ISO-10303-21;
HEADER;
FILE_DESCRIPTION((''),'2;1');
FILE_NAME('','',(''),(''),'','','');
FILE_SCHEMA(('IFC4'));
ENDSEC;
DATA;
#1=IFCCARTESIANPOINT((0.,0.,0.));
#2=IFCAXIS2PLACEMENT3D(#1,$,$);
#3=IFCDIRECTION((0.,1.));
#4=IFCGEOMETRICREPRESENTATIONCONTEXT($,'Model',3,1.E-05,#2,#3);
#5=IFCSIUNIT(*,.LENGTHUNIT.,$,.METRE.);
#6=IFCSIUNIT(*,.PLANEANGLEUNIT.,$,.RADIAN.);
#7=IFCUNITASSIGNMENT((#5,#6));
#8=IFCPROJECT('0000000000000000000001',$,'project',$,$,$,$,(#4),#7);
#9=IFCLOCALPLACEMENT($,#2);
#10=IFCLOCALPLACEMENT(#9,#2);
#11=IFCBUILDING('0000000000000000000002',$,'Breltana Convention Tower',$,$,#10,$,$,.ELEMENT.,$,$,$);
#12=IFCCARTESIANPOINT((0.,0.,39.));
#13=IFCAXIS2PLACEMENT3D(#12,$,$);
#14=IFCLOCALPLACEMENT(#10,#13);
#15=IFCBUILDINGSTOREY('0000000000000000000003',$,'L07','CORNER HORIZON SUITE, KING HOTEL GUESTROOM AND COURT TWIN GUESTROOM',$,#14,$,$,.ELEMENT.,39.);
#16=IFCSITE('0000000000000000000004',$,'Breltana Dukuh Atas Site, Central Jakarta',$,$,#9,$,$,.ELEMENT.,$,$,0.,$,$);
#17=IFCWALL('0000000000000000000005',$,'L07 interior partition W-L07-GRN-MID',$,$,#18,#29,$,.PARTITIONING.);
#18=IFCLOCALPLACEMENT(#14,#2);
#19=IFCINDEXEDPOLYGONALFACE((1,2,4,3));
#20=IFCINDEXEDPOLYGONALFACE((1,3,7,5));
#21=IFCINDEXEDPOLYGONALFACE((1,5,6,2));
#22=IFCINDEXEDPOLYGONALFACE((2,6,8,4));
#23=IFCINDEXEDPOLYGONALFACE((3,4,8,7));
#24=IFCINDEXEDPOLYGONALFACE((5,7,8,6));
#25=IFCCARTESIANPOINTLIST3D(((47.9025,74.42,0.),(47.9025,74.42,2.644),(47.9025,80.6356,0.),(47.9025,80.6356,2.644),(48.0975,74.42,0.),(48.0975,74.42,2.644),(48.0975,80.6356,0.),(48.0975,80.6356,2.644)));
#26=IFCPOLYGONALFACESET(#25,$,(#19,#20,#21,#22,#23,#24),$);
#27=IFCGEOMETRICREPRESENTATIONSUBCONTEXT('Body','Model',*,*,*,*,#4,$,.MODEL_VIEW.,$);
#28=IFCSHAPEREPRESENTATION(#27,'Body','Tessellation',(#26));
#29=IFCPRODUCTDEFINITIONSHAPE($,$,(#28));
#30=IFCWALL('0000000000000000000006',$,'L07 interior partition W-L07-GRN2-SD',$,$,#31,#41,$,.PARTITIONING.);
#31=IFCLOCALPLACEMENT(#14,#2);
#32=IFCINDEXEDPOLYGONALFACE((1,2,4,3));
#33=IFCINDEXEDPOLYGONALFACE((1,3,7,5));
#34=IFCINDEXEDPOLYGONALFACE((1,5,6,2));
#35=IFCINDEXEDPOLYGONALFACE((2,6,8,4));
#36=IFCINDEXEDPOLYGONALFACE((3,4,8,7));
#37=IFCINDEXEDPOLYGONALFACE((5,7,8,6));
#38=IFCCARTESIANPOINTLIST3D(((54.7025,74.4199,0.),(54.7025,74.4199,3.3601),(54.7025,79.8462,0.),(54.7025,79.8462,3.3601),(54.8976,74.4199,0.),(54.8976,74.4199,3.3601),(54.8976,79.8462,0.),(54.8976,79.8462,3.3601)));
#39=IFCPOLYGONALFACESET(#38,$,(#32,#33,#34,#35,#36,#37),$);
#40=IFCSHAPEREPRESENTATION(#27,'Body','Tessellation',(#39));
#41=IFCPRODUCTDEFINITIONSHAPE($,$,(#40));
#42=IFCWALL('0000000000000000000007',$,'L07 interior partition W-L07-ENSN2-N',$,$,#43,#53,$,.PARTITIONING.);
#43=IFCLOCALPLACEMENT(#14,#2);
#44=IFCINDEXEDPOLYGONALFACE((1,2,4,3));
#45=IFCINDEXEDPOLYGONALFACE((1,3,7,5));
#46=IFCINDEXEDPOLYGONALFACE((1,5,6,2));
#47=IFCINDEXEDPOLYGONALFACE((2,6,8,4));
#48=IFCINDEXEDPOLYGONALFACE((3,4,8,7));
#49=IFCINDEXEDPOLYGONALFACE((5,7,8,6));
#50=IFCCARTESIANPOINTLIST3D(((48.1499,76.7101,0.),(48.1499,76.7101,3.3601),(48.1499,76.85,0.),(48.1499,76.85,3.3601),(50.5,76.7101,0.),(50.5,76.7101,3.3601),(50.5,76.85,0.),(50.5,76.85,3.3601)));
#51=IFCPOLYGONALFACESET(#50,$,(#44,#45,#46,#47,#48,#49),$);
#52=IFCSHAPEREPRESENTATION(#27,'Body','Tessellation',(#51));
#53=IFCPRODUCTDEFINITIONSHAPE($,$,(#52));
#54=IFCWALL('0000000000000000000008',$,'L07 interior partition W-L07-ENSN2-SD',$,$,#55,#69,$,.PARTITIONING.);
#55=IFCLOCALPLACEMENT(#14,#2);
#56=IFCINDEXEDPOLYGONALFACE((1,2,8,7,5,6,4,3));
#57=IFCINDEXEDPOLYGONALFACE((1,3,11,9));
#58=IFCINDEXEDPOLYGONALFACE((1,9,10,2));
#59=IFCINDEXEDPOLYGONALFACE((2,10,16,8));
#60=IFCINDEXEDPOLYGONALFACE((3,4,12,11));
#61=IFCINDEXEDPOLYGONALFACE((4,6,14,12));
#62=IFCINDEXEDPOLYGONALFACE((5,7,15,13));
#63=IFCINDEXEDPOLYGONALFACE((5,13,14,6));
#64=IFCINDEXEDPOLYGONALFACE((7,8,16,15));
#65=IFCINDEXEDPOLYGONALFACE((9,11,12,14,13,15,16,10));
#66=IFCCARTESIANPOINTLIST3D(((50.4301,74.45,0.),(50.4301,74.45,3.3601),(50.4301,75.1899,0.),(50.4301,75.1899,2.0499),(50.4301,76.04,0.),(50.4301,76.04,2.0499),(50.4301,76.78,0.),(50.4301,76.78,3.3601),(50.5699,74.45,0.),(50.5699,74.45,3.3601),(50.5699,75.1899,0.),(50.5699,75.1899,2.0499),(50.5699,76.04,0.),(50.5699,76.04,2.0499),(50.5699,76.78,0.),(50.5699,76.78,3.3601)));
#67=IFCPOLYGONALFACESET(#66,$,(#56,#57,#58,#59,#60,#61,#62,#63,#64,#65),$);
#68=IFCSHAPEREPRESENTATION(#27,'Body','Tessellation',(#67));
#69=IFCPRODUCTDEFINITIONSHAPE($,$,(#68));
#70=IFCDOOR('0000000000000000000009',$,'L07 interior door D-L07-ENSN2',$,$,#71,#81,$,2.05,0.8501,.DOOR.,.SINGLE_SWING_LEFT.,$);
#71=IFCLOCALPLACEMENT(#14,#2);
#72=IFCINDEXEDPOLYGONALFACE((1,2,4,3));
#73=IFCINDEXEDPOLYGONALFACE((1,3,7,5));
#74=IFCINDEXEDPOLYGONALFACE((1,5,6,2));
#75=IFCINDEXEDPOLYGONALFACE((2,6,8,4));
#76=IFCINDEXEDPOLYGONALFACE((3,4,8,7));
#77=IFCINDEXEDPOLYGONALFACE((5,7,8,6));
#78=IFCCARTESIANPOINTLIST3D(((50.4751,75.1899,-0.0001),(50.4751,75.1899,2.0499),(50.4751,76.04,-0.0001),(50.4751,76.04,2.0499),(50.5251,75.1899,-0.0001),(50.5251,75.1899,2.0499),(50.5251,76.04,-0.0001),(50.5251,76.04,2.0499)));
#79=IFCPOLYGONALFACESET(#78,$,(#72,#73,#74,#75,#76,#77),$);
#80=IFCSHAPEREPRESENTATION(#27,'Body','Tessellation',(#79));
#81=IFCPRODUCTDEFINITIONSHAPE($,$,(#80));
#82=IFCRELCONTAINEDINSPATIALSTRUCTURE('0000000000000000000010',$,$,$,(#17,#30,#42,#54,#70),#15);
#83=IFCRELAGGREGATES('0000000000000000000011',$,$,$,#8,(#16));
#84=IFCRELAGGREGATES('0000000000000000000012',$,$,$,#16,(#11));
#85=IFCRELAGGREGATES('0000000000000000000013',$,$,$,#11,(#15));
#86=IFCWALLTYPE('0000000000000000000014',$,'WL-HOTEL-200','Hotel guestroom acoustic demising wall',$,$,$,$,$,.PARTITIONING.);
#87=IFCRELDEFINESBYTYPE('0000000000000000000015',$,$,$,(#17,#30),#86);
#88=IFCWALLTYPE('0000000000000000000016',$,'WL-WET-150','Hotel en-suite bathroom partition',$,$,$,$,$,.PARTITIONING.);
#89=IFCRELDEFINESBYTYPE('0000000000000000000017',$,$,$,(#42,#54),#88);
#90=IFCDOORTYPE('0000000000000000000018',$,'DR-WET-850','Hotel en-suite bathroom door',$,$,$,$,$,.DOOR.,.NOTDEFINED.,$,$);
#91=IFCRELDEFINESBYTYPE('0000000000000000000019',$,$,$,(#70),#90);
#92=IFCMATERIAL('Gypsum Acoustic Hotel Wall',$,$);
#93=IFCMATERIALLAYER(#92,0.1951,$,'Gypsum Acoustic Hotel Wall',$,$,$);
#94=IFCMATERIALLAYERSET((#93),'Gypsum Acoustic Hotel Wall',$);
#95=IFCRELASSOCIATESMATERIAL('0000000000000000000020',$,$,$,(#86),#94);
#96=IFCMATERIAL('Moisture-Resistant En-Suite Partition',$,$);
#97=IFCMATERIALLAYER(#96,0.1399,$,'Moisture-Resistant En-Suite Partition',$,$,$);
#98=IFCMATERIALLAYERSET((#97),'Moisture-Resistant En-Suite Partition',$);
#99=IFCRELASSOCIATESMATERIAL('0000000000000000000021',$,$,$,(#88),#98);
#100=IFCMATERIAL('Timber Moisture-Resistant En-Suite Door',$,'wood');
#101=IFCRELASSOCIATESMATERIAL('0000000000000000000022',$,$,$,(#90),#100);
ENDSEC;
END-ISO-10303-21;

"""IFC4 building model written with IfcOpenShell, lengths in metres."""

from ifc_helpers import new_model, si_unit, direction, frame, frame_2d, origin, place, context, subcontext, project, spatial, rectangle, extrude, source, transform, mapped, material, layer, layer_set, type_object, type_shapes, element, fill, save


model = new_model("IFC4")

# Units and contexts
model_context = context("Model", 3, precision=1e-05, world=origin(), true_north=direction((0.0, 1.0)))
body_context = subcontext(model_context, "Body", "Model", "MODEL_VIEW")
ifc_project = project(units=[si_unit("LENGTHUNIT", "METRE"), si_unit("PLANEANGLEUNIT", "RADIAN")], contexts=[model_context])

# Site, building, storey
site_placement = place(None, origin())
site = spatial("IfcSite", under=ifc_project, at=site_placement, Name="Breltana Dukuh Atas Site, Central Jakarta", CompositionType="ELEMENT", RefElevation=0.0)
building_placement = place(site_placement, origin())
building = spatial("IfcBuilding", under=site, at=building_placement, Name="Breltana Convention Tower", CompositionType="ELEMENT")
storey_placement = place(building_placement, frame((0.0, 0.0, 39.0)))
storey = spatial("IfcBuildingStorey", under=building, at=storey_placement, Name="L07", Description="CORNER HORIZON SUITE, KING HOTEL GUESTROOM AND COURT TWIN GUESTROOM", CompositionType="ELEMENT", Elevation=39.0)

# Shared definitions
ifc_material_1 = material(Name="Gypsum Acoustic Hotel Wall")
ifc_layer_1 = layer(ifc_material_1, 0.1951, Name="Gypsum Acoustic Hotel Wall")
ifc_layer_set_1 = layer_set([ifc_layer_1], Name="Gypsum Acoustic Hotel Wall")
wall_type_1 = type_object("IfcWallType", Name="WL-HOTEL-200", Description="Hotel guestroom acoustic demising wall", PredefinedType="PARTITIONING", material=ifc_layer_set_1)

# Walls
shared_shape_1 = source(origin(), body_context, "Body", "SweptSolid", [
    extrude(rectangle(XDim=6.2156, YDim=0.1951, at=frame_2d((3.1079, 0.0))), origin(), (0.0, 0.0, 1.0), 2.644),
])
wall_1_placement = place(storey_placement, frame((48.0, 74.4199, 0.0), z_axis=(0.0, 0.0, 1.0), x_axis=(0.0, 1.0, 0.0)))
element("IfcWall", 1, at=wall_1_placement, inside=storey, type_object=wall_type_1, Name="L07 interior partition W-L07-GRN-MID", PredefinedType="PARTITIONING", context=body_context, shape_type="MappedRepresentation", body=[
    mapped(shared_shape_1, transform((0.0, 0.0, 0.0), scale=1.0)),
])
shared_shape_2 = source(origin(), body_context, "Body", "SweptSolid", [
    extrude(rectangle(XDim=5.4263, YDim=0.1951, at=frame_2d((2.7131, 0.0))), origin(), (0.0, 0.0, 1.0), 3.3601),
])
wall_2_placement = place(storey_placement, frame((54.8, 74.4199, 0.0), z_axis=(0.0, 0.0, 1.0), x_axis=(0.0, 1.0, 0.0)))
element("IfcWall", 2, at=wall_2_placement, inside=storey, type_object=wall_type_1, Name="L07 interior partition W-L07-GRN2-SD", PredefinedType="PARTITIONING", context=body_context, shape_type="MappedRepresentation", body=[
    mapped(shared_shape_2, transform((0.0, 0.0, 0.0), scale=1.0)),
])
ifc_material_2 = material(Name="Moisture-Resistant En-Suite Partition")
ifc_layer_2 = layer(ifc_material_2, 0.1399, Name="Moisture-Resistant En-Suite Partition")
ifc_layer_set_2 = layer_set([ifc_layer_2], Name="Moisture-Resistant En-Suite Partition")
wall_type_2 = type_object("IfcWallType", Name="WL-WET-150", Description="Hotel en-suite bathroom partition", PredefinedType="PARTITIONING", material=ifc_layer_set_2)
shared_shape_3 = source(origin(), body_context, "Body", "SweptSolid", [
    extrude(rectangle(XDim=2.3501, YDim=0.1399, at=frame_2d((1.175, 0.0))), origin(), (0.0, 0.0, 1.0), 3.3601),
])
type_shapes(wall_type_2, [shared_shape_3])
wall_3_placement = place(storey_placement, frame((48.1499, 76.78, 0.0), z_axis=(0.0, 0.0, 1.0), x_axis=(1.0, 0.0, 0.0)))
element("IfcWall", 3, at=wall_3_placement, inside=storey, type_object=wall_type_2, Name="L07 interior partition W-L07-ENSN2-N", PredefinedType="PARTITIONING", context=body_context, shape_type="MappedRepresentation", body=[
    mapped(shared_shape_3, transform((0.0, 0.0, 0.0), scale=1.0)),
])

# Wall, opening, door
shared_shape_4 = source(origin(), body_context, "Body", "SweptSolid", [
    extrude(rectangle(XDim=2.3301, YDim=0.1399, at=frame_2d((1.165, 0.0))), origin(), (0.0, 0.0, 1.0), 3.3601),
])
wall_4_placement = place(storey_placement, frame((50.5, 74.45, 0.0), z_axis=(0.0, 0.0, 1.0), x_axis=(0.0, 1.0, 0.0)))
wall_4 = element("IfcWall", 4, at=wall_4_placement, inside=storey, type_object=wall_type_2, Name="L07 interior partition W-L07-ENSN2-SD", PredefinedType="PARTITIONING", context=body_context, shape_type="MappedRepresentation", body=[
    mapped(shared_shape_4, transform((0.0, 0.0, 0.0), scale=1.0)),
])
opening_1_placement = place(wall_4_placement, frame((0.74, 0.0, 0.0)))
opening_1 = element("IfcOpeningElement", 5, at=opening_1_placement, cuts=wall_4, PredefinedType="OPENING", context=body_context, shape_type="SweptSolid", body=[
    extrude(rectangle(XDim=0.8501, YDim=2.05, at=frame_2d((0.425, 1.0249))), frame((0.0, 0.0801, 0.0), z_axis=(0.0, -1.0, 0.0), x_axis=(1.0, 0.0, 0.0)), (0.0, 0.0, 1.0), 0.1599),
])
ifc_material_3 = material(Name="Timber Moisture-Resistant En-Suite Door", Category="wood")
door_type_1 = type_object("IfcDoorType", Name="DR-WET-850", Description="Hotel en-suite bathroom door", OperationType="NOTDEFINED", PredefinedType="DOOR", material=ifc_material_3)
shared_shape_5 = source(origin(), body_context, "Body", "SweptSolid", [
    extrude(rectangle(XDim=0.8501, YDim=2.05, at=frame_2d((0.425, 1.0249))), frame((0.0, 0.0249, 0.0), z_axis=(0.0, -1.0, 0.0), x_axis=(1.0, 0.0, 0.0)), (0.0, 0.0, 1.0), 0.05),
])
type_shapes(door_type_1, [shared_shape_5])
door_1_placement = place(opening_1_placement, origin())
door_1 = element("IfcDoor", 6, at=door_1_placement, inside=storey, type_object=door_type_1, Name="L07 interior door D-L07-ENSN2", OperationType="SINGLE_SWING_LEFT", OverallHeight=2.05, OverallWidth=0.8501, PredefinedType="DOOR", context=body_context, shape_type="MappedRepresentation", body=[
    mapped(shared_shape_5, transform((0.0, 0.0, 0.0), scale=1.0)),
])
fill(opening_1, door_1)

save(model, "model.ifc")
